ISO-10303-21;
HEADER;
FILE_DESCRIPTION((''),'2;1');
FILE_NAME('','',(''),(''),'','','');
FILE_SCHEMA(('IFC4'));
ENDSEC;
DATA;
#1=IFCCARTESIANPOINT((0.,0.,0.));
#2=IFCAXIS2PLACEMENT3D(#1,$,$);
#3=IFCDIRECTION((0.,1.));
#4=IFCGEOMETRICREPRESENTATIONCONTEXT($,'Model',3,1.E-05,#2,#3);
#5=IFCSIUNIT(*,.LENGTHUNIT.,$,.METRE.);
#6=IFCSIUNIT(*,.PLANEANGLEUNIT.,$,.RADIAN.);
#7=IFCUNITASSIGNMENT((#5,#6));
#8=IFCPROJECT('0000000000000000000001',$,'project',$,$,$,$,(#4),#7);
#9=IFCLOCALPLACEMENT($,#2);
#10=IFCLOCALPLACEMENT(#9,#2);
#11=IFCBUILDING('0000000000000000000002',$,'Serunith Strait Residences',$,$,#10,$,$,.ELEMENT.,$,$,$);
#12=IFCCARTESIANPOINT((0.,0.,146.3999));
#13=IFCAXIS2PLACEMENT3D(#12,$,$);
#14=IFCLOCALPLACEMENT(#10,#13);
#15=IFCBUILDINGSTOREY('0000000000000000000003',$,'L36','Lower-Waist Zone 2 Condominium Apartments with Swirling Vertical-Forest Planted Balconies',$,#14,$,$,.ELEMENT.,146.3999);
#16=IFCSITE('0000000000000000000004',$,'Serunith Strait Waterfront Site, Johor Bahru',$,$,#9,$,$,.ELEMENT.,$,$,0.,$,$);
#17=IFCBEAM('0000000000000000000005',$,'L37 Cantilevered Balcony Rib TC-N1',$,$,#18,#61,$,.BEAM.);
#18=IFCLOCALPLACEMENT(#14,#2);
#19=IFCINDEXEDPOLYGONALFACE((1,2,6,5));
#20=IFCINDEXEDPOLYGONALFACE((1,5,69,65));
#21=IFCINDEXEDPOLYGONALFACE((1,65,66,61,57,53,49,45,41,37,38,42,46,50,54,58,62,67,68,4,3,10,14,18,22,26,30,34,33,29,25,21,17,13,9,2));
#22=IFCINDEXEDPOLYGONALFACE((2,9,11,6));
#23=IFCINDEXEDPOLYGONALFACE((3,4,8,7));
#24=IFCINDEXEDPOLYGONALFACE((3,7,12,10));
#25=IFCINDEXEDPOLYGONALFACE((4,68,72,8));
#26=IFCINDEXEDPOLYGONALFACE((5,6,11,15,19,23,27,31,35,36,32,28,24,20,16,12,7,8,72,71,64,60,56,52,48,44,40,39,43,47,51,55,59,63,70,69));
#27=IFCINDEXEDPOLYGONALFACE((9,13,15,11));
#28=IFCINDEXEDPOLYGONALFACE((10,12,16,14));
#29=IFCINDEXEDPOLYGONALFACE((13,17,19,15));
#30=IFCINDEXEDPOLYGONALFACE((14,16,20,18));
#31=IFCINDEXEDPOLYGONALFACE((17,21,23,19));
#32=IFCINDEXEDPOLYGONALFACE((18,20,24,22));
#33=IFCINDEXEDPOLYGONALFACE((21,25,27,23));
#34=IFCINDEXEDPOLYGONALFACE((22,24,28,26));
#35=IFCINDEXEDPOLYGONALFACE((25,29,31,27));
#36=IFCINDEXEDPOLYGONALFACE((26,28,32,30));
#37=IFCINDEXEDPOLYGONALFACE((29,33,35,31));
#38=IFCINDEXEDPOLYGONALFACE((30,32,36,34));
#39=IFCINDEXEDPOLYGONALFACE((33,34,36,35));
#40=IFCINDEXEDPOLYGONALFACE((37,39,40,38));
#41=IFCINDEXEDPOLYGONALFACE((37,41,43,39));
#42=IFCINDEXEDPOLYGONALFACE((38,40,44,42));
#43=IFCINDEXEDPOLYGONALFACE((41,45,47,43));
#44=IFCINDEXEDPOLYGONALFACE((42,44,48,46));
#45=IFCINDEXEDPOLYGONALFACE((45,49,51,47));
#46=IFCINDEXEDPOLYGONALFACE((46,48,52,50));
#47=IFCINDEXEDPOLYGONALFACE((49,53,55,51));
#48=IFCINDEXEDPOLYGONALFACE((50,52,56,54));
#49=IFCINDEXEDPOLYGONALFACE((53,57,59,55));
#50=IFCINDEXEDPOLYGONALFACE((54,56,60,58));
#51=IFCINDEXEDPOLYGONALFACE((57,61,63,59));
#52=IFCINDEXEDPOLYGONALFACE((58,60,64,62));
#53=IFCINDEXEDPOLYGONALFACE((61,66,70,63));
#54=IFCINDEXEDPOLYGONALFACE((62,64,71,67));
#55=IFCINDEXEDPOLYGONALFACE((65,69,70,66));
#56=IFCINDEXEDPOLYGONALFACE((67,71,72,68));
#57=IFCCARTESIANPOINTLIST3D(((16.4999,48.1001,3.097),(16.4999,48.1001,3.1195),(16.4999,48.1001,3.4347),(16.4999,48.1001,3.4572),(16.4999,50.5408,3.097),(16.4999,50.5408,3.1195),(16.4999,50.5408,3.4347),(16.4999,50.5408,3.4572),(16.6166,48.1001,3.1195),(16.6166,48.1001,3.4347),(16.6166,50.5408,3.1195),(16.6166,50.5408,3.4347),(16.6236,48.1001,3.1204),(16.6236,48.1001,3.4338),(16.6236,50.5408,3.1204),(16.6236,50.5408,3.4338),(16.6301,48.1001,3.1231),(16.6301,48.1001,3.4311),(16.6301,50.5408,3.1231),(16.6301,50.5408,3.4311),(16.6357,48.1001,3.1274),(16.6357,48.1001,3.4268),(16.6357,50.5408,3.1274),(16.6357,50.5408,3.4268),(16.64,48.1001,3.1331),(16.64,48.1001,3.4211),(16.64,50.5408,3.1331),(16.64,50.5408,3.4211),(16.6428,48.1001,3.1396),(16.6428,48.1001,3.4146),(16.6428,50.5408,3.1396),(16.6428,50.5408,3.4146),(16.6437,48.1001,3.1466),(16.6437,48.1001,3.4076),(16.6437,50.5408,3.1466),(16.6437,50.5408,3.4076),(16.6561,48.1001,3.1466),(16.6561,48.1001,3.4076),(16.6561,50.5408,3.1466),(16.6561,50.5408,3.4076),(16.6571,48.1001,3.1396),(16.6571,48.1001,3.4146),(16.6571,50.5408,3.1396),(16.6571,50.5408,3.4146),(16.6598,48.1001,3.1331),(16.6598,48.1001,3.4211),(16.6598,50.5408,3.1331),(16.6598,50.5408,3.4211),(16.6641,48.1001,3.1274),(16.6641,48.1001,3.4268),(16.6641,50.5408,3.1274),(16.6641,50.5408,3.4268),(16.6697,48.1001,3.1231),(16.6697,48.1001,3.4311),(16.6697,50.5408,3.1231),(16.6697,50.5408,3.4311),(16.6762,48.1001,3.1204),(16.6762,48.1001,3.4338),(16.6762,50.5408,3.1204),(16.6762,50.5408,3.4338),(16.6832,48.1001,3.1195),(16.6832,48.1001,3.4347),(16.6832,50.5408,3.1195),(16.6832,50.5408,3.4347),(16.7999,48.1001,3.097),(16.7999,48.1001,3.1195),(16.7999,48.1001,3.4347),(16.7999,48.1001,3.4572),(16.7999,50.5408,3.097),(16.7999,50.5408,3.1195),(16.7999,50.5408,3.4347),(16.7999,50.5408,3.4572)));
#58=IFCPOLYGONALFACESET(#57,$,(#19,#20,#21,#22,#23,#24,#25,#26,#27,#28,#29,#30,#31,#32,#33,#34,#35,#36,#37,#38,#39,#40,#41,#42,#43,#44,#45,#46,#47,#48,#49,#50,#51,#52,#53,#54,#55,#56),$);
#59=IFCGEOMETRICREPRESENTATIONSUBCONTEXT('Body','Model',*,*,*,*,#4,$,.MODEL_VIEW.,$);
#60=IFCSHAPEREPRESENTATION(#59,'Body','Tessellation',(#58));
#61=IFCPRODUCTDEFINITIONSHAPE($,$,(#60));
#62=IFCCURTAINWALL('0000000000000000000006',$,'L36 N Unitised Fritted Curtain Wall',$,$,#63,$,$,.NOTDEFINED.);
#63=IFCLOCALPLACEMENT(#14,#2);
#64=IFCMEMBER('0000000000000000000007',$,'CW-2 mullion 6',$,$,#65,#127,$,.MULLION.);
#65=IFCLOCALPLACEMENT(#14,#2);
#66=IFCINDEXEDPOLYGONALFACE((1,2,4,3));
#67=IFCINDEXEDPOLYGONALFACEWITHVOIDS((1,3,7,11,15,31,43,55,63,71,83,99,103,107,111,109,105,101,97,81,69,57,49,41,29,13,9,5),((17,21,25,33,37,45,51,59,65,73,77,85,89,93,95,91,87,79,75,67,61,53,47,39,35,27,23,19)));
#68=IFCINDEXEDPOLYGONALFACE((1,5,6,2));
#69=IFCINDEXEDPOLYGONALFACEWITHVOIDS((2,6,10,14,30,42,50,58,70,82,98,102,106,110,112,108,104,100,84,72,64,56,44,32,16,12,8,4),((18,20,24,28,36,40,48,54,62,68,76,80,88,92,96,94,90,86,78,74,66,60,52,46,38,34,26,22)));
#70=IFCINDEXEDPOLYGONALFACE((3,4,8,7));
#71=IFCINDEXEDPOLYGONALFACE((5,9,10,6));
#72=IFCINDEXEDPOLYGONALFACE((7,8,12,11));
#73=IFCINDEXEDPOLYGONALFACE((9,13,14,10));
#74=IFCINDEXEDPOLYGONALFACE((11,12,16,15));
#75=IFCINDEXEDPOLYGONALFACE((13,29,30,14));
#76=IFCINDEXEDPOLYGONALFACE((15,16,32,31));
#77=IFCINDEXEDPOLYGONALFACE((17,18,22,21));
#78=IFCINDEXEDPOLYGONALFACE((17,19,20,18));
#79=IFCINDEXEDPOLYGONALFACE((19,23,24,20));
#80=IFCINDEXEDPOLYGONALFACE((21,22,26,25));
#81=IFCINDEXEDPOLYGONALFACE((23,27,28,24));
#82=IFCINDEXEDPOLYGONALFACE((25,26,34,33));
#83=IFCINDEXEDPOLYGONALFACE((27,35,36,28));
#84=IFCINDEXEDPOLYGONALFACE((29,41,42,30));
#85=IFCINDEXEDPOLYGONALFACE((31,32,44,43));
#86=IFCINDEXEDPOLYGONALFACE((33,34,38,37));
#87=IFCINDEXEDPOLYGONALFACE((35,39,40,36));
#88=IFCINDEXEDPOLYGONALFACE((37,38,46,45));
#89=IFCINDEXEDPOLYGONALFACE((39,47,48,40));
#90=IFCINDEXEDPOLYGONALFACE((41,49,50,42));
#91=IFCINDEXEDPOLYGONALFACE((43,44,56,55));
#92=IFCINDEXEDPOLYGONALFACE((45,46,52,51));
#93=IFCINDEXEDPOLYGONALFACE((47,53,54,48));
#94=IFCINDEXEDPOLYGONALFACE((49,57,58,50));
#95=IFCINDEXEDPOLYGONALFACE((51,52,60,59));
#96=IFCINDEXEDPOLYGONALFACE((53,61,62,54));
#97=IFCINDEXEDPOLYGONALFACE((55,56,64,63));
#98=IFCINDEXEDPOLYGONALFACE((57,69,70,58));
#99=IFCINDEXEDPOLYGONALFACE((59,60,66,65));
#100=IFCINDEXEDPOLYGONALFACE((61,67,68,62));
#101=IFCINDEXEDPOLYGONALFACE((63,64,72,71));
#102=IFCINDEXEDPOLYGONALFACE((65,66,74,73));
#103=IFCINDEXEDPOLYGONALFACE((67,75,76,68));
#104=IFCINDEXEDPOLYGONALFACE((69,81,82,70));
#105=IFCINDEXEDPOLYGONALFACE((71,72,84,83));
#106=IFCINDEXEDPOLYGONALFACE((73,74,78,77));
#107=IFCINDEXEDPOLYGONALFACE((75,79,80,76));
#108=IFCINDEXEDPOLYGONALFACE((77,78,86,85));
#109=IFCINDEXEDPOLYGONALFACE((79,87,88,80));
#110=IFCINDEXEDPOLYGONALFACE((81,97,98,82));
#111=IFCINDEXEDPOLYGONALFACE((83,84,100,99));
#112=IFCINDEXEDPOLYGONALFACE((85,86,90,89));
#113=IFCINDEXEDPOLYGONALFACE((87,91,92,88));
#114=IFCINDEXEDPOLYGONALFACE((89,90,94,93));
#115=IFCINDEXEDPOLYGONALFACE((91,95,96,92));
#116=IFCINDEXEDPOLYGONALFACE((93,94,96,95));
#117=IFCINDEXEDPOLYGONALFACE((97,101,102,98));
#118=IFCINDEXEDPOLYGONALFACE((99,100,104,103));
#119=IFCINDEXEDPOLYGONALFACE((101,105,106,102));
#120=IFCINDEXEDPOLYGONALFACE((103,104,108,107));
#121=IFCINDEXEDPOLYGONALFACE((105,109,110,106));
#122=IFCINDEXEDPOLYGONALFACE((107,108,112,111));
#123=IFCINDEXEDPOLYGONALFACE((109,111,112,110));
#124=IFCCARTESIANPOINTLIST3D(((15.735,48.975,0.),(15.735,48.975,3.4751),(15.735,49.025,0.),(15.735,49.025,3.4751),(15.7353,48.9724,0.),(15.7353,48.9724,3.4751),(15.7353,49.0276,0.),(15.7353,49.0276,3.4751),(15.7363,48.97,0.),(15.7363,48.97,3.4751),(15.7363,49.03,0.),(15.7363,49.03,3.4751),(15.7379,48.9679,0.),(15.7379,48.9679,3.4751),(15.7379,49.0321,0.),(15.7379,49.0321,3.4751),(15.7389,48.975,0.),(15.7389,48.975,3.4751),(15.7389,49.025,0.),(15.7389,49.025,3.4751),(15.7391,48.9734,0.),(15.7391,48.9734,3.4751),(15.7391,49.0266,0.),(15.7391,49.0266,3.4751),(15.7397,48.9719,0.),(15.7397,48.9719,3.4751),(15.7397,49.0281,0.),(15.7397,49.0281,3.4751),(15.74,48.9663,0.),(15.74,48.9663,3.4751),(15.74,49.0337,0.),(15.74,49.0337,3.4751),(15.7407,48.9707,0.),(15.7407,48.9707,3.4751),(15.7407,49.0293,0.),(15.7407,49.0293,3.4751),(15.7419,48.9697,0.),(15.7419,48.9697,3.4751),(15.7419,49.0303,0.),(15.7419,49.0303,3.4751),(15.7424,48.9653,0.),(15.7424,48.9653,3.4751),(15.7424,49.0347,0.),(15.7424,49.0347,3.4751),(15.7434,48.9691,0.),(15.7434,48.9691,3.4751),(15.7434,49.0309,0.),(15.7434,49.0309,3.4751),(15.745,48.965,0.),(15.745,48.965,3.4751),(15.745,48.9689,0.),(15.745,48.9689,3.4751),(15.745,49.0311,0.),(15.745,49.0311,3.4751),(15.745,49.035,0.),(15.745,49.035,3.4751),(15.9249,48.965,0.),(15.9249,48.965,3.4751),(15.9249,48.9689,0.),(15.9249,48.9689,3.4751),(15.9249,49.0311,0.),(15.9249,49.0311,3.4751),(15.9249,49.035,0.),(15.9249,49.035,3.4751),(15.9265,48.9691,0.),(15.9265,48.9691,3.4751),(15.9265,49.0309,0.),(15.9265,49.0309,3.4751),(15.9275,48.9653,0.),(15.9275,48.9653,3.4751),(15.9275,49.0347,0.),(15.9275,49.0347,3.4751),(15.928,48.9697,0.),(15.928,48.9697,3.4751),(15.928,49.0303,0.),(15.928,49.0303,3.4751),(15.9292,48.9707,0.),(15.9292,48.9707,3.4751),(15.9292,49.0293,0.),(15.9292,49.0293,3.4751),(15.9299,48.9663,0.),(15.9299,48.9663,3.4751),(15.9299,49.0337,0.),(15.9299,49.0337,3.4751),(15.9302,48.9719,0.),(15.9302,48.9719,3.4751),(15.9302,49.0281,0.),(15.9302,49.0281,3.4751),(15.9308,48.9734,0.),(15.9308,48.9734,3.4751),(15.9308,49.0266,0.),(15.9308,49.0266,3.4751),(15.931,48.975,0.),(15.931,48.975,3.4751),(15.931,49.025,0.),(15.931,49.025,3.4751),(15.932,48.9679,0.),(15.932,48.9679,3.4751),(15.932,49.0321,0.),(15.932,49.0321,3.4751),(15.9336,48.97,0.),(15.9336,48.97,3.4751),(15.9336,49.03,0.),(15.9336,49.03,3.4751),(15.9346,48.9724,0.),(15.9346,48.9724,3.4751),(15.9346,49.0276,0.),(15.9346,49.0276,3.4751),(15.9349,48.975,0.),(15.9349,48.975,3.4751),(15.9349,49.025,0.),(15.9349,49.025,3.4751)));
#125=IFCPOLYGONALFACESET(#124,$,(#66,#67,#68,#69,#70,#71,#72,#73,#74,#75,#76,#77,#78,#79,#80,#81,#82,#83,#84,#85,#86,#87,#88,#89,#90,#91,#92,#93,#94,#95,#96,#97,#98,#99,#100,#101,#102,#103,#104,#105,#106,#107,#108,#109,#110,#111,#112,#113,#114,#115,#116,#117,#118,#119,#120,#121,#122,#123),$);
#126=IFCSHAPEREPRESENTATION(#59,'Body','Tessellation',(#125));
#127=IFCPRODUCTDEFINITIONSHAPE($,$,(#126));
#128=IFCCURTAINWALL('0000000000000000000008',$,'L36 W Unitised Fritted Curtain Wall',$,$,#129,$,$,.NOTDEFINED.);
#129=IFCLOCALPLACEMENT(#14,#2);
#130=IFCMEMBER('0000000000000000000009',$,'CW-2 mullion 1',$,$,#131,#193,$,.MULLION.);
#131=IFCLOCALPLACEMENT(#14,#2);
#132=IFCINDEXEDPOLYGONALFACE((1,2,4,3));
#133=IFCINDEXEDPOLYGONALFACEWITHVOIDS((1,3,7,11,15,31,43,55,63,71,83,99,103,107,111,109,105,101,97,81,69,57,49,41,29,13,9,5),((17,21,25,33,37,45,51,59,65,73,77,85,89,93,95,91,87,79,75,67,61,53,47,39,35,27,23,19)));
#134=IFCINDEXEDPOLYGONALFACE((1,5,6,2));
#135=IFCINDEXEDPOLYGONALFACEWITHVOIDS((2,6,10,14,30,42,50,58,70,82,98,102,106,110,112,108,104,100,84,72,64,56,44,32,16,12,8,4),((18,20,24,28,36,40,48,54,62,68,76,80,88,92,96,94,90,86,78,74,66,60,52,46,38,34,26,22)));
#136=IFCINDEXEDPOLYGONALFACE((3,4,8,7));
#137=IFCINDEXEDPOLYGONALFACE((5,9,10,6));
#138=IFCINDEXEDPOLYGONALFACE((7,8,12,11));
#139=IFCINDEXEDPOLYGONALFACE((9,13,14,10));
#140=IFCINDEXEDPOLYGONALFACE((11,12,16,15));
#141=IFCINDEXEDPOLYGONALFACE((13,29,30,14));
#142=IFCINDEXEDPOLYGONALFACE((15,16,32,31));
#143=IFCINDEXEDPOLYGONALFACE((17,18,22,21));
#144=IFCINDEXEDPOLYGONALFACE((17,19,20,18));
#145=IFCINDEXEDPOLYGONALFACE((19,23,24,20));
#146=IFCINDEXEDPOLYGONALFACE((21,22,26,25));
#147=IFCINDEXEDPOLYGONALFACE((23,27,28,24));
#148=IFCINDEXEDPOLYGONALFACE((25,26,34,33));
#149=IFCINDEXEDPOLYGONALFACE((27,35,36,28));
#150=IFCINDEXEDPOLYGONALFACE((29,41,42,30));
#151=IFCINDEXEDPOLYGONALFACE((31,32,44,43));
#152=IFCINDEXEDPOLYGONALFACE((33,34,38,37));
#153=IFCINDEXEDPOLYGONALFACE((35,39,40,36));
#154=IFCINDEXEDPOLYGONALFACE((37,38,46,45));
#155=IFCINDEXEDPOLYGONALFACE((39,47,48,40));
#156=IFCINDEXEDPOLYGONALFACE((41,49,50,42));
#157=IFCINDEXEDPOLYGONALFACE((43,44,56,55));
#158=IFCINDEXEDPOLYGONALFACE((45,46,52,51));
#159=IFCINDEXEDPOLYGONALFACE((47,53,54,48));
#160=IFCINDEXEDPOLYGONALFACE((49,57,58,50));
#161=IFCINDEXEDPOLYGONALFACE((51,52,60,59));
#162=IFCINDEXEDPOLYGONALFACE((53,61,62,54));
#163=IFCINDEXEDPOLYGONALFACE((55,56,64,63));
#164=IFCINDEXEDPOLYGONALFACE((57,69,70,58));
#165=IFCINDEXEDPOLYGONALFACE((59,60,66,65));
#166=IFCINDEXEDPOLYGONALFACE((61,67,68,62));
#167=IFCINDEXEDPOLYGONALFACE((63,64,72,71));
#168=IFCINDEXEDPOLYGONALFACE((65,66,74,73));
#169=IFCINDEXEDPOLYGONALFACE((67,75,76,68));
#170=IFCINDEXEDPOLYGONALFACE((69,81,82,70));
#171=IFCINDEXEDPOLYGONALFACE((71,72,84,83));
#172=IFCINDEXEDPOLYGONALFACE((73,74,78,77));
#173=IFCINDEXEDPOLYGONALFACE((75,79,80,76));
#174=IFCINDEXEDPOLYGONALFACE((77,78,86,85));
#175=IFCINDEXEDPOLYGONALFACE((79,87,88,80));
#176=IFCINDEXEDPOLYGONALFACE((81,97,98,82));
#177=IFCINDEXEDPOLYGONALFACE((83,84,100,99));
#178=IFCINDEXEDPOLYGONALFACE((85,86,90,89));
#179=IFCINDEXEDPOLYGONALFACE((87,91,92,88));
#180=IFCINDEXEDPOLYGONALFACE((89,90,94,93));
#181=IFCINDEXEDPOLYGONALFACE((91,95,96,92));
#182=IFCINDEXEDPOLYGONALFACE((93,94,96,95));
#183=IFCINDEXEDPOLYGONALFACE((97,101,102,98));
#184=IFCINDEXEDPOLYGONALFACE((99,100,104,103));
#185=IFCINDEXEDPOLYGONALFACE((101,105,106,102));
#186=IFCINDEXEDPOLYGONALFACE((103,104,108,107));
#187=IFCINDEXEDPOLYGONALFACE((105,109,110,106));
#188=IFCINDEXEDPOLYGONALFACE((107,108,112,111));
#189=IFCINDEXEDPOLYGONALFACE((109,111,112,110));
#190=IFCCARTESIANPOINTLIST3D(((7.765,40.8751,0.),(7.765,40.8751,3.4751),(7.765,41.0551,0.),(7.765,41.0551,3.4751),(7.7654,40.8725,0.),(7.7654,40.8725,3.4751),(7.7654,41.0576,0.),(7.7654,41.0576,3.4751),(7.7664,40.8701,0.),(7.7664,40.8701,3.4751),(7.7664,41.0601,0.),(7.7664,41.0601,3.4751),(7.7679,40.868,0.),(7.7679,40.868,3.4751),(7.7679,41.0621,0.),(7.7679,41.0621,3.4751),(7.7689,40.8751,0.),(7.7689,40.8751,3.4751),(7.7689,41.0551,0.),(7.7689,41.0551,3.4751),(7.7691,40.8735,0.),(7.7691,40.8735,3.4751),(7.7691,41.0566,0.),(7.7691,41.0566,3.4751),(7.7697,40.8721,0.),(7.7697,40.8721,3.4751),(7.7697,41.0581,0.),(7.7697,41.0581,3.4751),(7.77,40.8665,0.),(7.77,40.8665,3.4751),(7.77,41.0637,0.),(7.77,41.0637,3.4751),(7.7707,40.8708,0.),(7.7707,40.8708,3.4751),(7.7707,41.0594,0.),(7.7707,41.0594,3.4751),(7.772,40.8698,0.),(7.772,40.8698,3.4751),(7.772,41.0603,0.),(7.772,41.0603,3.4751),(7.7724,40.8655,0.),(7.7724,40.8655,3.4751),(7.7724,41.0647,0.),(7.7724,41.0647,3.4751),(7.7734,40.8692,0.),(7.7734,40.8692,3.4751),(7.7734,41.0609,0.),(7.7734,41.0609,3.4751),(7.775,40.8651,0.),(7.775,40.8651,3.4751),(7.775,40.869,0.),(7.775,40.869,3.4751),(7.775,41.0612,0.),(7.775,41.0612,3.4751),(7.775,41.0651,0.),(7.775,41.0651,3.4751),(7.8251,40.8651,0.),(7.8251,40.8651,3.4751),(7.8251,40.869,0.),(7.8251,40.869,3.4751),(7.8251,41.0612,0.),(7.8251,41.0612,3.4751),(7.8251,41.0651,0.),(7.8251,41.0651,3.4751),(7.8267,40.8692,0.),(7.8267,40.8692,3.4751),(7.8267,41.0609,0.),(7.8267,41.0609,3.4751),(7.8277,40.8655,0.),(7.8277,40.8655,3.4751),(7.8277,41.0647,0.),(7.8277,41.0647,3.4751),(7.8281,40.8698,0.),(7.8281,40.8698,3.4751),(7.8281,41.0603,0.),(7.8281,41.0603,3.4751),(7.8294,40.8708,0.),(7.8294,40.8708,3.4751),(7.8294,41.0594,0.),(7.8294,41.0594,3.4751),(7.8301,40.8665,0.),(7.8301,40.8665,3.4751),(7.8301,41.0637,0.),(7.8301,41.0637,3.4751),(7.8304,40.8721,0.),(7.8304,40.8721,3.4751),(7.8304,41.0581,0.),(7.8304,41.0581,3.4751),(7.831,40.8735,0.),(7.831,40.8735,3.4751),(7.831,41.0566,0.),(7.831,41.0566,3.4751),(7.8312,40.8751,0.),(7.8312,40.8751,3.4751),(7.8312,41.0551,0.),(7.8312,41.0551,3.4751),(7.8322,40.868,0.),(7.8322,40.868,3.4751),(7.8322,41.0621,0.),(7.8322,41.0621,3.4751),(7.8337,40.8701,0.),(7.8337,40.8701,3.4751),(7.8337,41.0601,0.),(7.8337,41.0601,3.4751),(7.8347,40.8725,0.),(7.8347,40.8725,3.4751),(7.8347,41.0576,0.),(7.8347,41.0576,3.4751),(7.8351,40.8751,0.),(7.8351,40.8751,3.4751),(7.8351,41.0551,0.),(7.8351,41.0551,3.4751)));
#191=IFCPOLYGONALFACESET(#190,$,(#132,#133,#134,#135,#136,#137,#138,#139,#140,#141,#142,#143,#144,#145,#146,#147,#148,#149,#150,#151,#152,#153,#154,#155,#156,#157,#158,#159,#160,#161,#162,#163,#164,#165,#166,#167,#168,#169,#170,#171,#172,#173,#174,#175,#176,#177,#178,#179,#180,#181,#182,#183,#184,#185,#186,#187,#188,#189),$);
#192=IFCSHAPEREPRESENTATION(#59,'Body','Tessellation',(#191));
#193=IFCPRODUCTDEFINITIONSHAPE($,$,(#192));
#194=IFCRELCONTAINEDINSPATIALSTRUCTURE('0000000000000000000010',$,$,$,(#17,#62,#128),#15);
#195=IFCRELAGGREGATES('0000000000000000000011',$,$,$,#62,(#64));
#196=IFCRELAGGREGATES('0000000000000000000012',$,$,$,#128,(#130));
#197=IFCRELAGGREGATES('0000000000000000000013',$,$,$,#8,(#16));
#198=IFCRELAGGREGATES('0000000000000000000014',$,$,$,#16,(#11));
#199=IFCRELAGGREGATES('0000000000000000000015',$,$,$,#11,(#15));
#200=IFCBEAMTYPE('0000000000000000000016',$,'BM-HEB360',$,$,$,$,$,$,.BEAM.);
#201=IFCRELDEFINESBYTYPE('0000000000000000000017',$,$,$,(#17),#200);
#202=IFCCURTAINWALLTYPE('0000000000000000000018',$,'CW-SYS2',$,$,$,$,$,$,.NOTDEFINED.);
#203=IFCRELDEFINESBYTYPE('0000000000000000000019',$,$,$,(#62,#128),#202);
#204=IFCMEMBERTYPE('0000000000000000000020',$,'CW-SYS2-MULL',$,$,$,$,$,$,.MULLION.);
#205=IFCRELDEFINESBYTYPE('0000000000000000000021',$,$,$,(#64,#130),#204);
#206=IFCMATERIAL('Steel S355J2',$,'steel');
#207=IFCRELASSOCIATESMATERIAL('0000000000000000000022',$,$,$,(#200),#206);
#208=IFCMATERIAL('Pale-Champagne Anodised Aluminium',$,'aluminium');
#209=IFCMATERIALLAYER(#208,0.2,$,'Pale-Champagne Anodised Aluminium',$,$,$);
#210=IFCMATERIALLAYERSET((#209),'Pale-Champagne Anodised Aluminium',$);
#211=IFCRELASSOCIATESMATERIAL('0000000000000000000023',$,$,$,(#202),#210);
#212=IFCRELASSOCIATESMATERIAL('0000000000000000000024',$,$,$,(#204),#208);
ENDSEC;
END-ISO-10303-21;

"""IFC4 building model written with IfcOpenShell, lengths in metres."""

from ifc_helpers import new_model, si_unit, direction, frame, origin, origin_2d, place, context, subcontext, project, spatial, hollow_rectangle, i_section, extrude, source, transform, mapped, material, layer, layer_set, material_profile, profile_set, type_object, element, aggregate, save


model = new_model("IFC4")

# Units and contexts
model_context = context("Model", 3, precision=1e-05, world=origin(), true_north=direction((0.0, 1.0)))
body_context = subcontext(model_context, "Body", "Model", "MODEL_VIEW")
ifc_project = project(units=[si_unit("LENGTHUNIT", "METRE"), si_unit("PLANEANGLEUNIT", "RADIAN")], contexts=[model_context])

# Site, building, storey
site_placement = place(None, origin())
site = spatial("IfcSite", under=ifc_project, at=site_placement, Name="Serunith Strait Waterfront Site, Johor Bahru", CompositionType="ELEMENT", RefElevation=0.0)
building_placement = place(site_placement, origin())
building = spatial("IfcBuilding", under=site, at=building_placement, Name="Serunith Strait Residences", CompositionType="ELEMENT")
storey_placement = place(building_placement, frame((0.0, 0.0, 146.3999)))
storey = spatial("IfcBuildingStorey", under=building, at=storey_placement, Name="L36", Description="Lower-Waist Zone 2 Condominium Apartments with Swirling Vertical-Forest Planted Balconies", CompositionType="ELEMENT", Elevation=146.3999)

# Beam
ifc_material_1 = material(Name="Steel S355J2", Category="steel")
ifc_material_profile_1 = material_profile(ifc_material_1, i_section(OverallWidth=0.3, OverallDepth=0.3601, WebThickness=0.0125, FlangeThickness=0.0225, FilletRadius=0.0271, at=origin_2d()), Name="HEB 360")
ifc_profile_set_1 = profile_set([ifc_material_profile_1], Name="Steel S355J2")
beam_type_1 = type_object("IfcBeamType", Name="BM-HEB360", PredefinedType="BEAM", material=ifc_profile_set_1)
shared_shape_1 = source(origin(), body_context, "Body", "SweptSolid", [
    extrude(i_section(OverallWidth=0.3, OverallDepth=0.3601, WebThickness=0.0125, FlangeThickness=0.0225, FilletRadius=0.0271, at=origin_2d()), origin(), (0.0, 0.0, 1.0), 2.4407),
])
beam_1_placement = place(storey_placement, frame((16.6499, 48.1001, 3.2771), z_axis=(0.0, 1.0, 0.0), x_axis=(-1.0, 0.0, 0.0)))
element("IfcBeam", 1, at=beam_1_placement, inside=storey, type_object=beam_type_1, Name="L37 Cantilevered Balcony Rib TC-N1", PredefinedType="BEAM", context=body_context, shape_type="MappedRepresentation", body=[
    mapped(shared_shape_1, transform((0.0, 0.0, 0.0), scale=1.0)),
])

# Curtain wall, member
ifc_material_2 = material(Name="Pale-Champagne Anodised Aluminium", Category="aluminium")
ifc_layer_1 = layer(ifc_material_2, 0.2, Name="Pale-Champagne Anodised Aluminium")
ifc_layer_set_1 = layer_set([ifc_layer_1], Name="Pale-Champagne Anodised Aluminium")
curtain_wall_type = type_object("IfcCurtainWallType", Name="CW-SYS2", PredefinedType="NOTDEFINED", material=ifc_layer_set_1)
curtain_wall_1_placement = place(storey_placement, origin())
curtain_wall_1 = element("IfcCurtainWall", 2, at=curtain_wall_1_placement, inside=storey, type_object=curtain_wall_type, Name="L36 N Unitised Fritted Curtain Wall", PredefinedType="NOTDEFINED")
ifc_material_profile_2 = material_profile(ifc_material_2, hollow_rectangle(XDim=0.0701, YDim=0.2, WallThickness=0.0039, InnerFilletRadius=0.0061, OuterFilletRadius=0.01, at=origin_2d()), Name="ALU 200x70x4")
ifc_profile_set_2 = profile_set([ifc_material_profile_2], Name="Pale-Champagne Anodised Aluminium")
member_type_1 = type_object("IfcMemberType", Name="CW-SYS2-MULL", PredefinedType="MULLION", material=ifc_profile_set_2)
shared_shape_2 = source(origin(), body_context, "Body", "SweptSolid", [
    extrude(hollow_rectangle(XDim=0.0701, YDim=0.2, WallThickness=0.0039, InnerFilletRadius=0.0061, OuterFilletRadius=0.01, at=origin_2d()), origin(), (0.0, 0.0, 1.0), 3.4751),
])
member_1_placement = place(storey_placement, frame((15.835, 49.0, 0.0), z_axis=(0.0, 0.0, 1.0), x_axis=(0.0, -1.0, 0.0)))
member_1 = element("IfcMember", 3, at=member_1_placement, type_object=member_type_1, Name="CW-2 mullion 6", PredefinedType="MULLION", context=body_context, shape_type="MappedRepresentation", body=[
    mapped(shared_shape_2, transform((0.0, 0.0, 0.0), scale=1.0)),
])
aggregate(curtain_wall_1, [member_1])

# Curtain wall, member
curtain_wall_2_placement = place(storey_placement, origin())
curtain_wall_2 = element("IfcCurtainWall", 4, at=curtain_wall_2_placement, inside=storey, type_object=curtain_wall_type, Name="L36 W Unitised Fritted Curtain Wall", PredefinedType="NOTDEFINED")
member_2_placement = place(storey_placement, frame((7.8, 40.9651, 0.0), z_axis=(0.0, 0.0, 1.0), x_axis=(1.0, 0.0, 0.0)))
member_2 = element("IfcMember", 5, at=member_2_placement, type_object=member_type_1, Name="CW-2 mullion 1", PredefinedType="MULLION", context=body_context, shape_type="MappedRepresentation", body=[
    mapped(shared_shape_2, transform((0.0, 0.0, 0.0), scale=1.0)),
])
aggregate(curtain_wall_2, [member_2])

save(model, "model.ifc")
